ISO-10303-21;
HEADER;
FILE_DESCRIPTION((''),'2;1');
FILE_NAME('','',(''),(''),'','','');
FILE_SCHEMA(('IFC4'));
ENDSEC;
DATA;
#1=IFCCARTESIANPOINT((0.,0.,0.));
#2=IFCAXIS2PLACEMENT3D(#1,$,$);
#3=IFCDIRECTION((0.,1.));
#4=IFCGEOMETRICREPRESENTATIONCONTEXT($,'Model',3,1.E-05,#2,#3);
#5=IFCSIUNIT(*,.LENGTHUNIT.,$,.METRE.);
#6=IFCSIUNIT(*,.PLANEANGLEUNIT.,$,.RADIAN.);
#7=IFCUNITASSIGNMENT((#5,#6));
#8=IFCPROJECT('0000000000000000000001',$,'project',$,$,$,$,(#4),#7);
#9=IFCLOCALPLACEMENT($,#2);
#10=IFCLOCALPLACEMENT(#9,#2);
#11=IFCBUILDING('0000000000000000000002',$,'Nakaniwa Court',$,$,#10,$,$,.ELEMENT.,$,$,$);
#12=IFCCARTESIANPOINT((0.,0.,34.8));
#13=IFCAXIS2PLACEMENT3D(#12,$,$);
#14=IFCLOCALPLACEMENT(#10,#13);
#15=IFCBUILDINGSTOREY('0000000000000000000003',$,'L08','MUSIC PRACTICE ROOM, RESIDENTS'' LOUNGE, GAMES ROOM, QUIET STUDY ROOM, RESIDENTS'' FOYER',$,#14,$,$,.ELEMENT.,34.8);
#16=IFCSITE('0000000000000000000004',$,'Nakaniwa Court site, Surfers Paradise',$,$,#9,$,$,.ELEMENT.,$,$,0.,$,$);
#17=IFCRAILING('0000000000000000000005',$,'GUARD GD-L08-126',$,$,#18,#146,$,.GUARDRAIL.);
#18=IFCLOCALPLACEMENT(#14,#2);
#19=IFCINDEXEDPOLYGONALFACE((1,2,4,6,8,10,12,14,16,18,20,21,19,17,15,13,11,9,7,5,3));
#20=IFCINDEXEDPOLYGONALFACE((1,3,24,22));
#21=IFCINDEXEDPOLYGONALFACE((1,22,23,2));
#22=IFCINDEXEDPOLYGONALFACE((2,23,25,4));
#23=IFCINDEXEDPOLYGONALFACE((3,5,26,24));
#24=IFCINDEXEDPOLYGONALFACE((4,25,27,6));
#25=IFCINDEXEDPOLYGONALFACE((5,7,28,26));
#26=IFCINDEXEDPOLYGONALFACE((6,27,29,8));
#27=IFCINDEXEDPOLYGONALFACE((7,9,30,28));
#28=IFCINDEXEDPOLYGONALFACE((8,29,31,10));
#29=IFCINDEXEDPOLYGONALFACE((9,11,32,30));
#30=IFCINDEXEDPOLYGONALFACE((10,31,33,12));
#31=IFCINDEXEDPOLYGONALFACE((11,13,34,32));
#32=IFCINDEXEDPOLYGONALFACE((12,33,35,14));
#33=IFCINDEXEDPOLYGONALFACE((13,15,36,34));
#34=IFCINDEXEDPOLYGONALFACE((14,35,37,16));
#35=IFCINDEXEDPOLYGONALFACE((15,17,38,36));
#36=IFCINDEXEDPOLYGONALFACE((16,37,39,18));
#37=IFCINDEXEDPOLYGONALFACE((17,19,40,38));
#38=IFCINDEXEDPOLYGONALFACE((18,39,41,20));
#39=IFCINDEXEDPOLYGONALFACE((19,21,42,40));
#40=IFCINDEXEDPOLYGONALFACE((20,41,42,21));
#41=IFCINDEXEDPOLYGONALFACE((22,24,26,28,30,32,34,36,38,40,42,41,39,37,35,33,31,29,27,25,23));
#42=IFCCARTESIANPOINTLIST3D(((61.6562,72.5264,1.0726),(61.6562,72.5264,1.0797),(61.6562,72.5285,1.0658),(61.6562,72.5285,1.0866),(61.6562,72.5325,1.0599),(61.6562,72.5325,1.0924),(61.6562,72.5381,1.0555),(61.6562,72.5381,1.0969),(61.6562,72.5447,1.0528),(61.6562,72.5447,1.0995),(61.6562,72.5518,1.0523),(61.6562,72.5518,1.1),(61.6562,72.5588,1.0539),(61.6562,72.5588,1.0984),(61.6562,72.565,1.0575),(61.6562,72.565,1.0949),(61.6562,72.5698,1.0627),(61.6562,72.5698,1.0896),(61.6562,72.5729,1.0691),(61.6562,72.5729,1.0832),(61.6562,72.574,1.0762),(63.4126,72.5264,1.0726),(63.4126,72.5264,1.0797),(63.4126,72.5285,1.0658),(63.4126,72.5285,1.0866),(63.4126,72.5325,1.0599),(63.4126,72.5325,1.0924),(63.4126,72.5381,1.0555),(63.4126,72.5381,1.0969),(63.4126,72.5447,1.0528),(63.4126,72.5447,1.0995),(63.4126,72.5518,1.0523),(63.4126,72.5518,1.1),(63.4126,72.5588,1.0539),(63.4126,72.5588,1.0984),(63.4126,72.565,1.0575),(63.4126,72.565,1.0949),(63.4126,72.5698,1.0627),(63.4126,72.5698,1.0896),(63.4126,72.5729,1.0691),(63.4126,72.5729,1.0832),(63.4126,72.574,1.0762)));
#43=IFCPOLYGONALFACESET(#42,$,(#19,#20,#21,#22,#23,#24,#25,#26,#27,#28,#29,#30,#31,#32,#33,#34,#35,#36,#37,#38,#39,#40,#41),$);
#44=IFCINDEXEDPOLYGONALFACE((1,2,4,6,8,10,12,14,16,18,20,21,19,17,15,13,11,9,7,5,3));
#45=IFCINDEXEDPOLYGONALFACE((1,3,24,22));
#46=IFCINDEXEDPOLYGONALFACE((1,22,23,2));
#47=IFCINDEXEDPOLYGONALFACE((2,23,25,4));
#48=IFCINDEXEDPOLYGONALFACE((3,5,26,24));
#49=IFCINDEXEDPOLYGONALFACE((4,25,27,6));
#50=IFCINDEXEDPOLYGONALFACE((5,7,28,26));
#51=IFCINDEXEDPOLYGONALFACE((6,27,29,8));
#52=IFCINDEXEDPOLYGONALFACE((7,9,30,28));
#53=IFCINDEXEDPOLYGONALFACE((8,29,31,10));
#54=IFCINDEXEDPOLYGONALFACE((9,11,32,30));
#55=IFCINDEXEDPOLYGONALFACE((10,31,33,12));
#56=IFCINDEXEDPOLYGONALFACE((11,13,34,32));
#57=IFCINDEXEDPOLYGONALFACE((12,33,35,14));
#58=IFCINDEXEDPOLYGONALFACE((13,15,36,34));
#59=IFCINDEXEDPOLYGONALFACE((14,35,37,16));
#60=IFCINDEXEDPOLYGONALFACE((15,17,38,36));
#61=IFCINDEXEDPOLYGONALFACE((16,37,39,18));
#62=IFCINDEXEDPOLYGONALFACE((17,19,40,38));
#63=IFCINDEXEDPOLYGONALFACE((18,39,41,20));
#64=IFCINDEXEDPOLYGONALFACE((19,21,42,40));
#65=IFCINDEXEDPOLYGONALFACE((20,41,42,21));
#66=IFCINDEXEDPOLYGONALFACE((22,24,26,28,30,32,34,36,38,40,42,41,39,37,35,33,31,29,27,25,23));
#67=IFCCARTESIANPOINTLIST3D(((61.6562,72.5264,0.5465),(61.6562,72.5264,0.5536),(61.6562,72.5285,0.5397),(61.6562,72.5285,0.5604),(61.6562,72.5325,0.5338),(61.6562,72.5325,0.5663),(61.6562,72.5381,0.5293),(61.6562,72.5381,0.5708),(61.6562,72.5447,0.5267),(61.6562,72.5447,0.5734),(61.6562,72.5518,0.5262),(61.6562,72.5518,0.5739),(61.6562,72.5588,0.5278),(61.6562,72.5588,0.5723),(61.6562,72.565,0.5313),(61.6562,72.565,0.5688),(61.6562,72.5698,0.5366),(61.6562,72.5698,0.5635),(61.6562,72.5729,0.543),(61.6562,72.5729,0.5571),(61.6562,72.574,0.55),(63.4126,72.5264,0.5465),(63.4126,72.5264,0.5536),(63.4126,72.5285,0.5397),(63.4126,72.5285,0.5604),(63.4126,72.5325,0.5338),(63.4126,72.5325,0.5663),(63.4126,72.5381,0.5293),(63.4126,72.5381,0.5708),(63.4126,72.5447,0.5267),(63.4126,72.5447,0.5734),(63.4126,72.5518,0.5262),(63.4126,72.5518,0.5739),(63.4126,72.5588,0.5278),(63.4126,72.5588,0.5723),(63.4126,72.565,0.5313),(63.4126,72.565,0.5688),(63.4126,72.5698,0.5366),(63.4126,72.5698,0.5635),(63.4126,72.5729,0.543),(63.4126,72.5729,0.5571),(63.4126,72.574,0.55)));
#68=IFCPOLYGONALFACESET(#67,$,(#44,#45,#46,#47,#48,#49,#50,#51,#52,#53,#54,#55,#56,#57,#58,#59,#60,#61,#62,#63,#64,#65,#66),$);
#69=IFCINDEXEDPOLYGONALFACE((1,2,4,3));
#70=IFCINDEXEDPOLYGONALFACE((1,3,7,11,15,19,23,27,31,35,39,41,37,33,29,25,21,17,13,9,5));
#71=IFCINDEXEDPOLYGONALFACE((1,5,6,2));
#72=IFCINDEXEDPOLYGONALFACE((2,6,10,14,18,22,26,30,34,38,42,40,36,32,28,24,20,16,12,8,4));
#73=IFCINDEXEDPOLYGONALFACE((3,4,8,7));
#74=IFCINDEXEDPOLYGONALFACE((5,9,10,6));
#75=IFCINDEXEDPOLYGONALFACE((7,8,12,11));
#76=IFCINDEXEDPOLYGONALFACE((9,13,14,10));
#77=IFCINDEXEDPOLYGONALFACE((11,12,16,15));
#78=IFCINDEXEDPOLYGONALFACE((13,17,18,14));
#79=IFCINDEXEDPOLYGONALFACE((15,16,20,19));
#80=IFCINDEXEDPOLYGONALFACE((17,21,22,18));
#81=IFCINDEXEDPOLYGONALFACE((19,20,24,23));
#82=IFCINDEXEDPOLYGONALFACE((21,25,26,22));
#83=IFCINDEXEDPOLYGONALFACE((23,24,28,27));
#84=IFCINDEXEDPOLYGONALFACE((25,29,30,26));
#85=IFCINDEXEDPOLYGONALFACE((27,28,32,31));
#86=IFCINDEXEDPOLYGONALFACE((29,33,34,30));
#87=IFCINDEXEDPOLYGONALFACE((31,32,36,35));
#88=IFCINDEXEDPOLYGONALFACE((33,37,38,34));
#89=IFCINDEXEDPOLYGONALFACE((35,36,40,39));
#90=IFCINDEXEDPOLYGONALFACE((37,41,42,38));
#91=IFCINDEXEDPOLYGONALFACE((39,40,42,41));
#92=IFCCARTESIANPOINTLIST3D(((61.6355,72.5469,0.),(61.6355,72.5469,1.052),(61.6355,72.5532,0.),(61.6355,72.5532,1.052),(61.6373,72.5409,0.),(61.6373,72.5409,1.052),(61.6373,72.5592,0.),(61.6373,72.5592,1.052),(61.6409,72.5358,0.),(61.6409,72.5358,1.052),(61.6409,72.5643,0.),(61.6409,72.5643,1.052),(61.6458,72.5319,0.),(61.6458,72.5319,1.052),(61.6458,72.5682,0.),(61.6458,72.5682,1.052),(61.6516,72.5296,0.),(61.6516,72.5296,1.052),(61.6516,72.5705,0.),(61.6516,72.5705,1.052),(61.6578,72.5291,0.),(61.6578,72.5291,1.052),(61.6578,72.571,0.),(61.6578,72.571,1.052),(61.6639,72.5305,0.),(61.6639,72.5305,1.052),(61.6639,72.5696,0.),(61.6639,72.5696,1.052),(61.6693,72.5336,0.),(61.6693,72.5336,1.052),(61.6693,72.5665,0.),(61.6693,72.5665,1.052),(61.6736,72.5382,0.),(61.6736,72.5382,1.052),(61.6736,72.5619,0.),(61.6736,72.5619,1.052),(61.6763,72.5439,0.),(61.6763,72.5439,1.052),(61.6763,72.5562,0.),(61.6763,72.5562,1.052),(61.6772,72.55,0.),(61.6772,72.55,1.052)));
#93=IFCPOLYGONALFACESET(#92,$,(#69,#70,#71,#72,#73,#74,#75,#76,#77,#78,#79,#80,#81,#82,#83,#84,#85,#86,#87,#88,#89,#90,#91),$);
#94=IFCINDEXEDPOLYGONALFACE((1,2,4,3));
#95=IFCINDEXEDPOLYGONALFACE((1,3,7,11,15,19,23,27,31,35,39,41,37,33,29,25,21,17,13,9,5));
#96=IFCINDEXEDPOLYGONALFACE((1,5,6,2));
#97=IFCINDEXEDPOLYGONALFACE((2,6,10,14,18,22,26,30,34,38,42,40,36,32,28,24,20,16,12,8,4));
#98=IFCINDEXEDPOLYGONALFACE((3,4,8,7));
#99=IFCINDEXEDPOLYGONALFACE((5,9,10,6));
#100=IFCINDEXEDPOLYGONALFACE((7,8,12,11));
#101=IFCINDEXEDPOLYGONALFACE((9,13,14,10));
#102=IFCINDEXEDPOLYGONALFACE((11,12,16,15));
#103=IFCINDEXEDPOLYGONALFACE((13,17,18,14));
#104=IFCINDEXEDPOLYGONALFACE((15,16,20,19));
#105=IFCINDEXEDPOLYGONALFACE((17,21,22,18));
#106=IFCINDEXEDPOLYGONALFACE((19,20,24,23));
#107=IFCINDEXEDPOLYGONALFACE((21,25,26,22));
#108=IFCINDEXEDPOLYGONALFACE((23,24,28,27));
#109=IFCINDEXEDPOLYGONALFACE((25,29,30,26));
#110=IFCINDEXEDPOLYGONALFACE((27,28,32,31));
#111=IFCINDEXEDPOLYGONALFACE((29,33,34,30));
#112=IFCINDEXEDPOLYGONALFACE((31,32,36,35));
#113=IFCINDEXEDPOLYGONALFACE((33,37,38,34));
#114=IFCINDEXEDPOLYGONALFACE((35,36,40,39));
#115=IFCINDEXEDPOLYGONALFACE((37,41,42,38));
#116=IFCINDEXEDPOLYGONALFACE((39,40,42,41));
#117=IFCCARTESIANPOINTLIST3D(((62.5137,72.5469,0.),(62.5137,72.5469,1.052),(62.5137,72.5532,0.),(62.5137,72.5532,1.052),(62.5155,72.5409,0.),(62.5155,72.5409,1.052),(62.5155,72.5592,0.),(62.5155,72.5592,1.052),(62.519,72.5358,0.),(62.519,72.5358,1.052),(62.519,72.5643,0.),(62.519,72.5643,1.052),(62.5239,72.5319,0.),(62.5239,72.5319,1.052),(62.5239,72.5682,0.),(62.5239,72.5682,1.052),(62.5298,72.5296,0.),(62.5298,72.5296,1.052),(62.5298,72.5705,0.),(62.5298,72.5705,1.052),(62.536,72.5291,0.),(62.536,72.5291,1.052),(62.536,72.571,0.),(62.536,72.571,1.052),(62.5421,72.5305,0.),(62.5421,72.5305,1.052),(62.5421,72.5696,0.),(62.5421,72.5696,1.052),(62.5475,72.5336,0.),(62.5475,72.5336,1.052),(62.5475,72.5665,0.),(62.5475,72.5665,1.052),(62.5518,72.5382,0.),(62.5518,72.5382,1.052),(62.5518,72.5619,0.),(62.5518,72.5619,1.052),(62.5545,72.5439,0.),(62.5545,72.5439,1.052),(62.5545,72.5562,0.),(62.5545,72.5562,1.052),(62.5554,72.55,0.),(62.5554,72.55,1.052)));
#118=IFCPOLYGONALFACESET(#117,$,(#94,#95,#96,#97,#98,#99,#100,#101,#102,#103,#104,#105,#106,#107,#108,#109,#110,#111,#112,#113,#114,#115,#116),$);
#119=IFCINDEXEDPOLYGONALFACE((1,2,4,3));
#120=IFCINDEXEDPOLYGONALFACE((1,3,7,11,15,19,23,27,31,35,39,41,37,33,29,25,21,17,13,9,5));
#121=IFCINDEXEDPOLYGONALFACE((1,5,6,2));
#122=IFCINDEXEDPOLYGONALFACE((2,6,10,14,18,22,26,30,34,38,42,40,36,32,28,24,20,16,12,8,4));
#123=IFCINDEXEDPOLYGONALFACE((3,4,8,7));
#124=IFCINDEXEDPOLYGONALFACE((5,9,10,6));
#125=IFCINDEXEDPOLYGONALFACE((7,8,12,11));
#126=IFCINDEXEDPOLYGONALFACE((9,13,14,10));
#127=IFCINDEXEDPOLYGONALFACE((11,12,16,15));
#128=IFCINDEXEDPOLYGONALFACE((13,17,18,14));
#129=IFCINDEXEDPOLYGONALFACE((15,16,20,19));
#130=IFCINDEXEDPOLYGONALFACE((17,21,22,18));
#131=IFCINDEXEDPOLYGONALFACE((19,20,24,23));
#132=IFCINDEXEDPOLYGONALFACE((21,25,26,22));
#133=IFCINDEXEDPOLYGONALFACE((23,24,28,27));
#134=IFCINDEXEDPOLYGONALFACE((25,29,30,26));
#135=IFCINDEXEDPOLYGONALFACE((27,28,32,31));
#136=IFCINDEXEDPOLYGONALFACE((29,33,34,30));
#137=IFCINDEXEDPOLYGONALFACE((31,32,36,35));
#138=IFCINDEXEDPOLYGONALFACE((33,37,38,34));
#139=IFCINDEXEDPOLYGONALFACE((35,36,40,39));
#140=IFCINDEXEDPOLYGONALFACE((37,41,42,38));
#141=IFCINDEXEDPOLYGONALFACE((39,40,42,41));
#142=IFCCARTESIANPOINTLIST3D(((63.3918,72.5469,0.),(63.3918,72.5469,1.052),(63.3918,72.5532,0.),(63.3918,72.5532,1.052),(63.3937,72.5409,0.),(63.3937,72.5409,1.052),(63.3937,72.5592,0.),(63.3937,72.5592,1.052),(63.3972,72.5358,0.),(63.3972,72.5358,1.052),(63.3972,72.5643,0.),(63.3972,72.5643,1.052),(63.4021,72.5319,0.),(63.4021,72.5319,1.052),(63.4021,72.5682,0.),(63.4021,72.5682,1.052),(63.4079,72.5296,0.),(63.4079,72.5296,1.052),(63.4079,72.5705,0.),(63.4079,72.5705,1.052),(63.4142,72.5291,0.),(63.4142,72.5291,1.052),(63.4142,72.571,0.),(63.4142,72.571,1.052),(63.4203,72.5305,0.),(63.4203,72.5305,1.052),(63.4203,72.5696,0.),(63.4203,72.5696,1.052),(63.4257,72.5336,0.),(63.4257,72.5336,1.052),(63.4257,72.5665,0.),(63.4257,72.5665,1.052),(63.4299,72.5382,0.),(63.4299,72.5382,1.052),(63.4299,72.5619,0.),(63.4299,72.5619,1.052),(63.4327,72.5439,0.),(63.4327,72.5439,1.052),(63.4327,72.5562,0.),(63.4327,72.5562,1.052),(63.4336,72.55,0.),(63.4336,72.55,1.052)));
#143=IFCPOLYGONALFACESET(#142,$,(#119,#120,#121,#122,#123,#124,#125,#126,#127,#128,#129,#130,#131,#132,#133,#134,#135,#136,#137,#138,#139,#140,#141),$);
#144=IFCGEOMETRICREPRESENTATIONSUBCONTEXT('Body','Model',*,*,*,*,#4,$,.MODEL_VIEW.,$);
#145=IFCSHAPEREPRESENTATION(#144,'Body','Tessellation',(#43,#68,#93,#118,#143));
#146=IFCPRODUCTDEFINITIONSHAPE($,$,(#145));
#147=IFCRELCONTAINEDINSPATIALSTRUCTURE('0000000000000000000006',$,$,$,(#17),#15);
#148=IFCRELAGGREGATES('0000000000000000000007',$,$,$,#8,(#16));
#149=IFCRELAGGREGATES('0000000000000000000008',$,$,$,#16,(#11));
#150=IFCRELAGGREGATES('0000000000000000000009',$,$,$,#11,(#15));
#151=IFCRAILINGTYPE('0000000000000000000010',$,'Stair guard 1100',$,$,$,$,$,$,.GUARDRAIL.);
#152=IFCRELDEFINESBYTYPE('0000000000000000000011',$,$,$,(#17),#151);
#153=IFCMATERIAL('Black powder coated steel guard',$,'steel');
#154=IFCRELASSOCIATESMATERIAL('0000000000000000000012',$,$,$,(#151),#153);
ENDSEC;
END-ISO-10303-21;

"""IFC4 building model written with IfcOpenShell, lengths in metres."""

from ifc_helpers import new_model, si_unit, direction, frame, origin, origin_2d, place, context, subcontext, project, spatial, circle, extrude, material, type_object, element, save


model = new_model("IFC4")

# Units and contexts
model_context = context("Model", 3, precision=1e-05, world=origin(), true_north=direction((0.0, 1.0)))
body_context = subcontext(model_context, "Body", "Model", "MODEL_VIEW")
ifc_project = project(units=[si_unit("LENGTHUNIT", "METRE"), si_unit("PLANEANGLEUNIT", "RADIAN")], contexts=[model_context])

# Site, building, storey
site_placement = place(None, origin())
site = spatial("IfcSite", under=ifc_project, at=site_placement, Name="Nakaniwa Court site, Surfers Paradise", CompositionType="ELEMENT", RefElevation=0.0)
building_placement = place(site_placement, origin())
building = spatial("IfcBuilding", under=site, at=building_placement, Name="Nakaniwa Court", CompositionType="ELEMENT")
storey_placement = place(building_placement, frame((0.0, 0.0, 34.8)))
storey = spatial("IfcBuildingStorey", under=building, at=storey_placement, Name="L08", Description="MUSIC PRACTICE ROOM, RESIDENTS' LOUNGE, GAMES ROOM, QUIET STUDY ROOM, RESIDENTS' FOYER", CompositionType="ELEMENT", Elevation=34.8)

# Railing
ifc_material_1 = material(Name="Black powder coated steel guard", Category="steel")
railing_type = type_object("IfcRailingType", Name="Stair guard 1100", PredefinedType="GUARDRAIL", material=ifc_material_1)
railing_1_placement = place(storey_placement, frame((61.6562, 72.55, 0.0)))
element("IfcRailing", 1, at=railing_1_placement, inside=storey, type_object=railing_type, Name="GUARD GD-L08-126", PredefinedType="GUARDRAIL", context=body_context, shape_type="SweptSolid", body=[
    extrude(circle(Radius=0.0239, at=origin_2d()), frame((0.0, 0.0, 1.0762), z_axis=(1.0, 0.0, 0.0), x_axis=(0.0, 1.0, 0.0)), (0.0, 0.0, 1.0), 1.7563),
    extrude(circle(Radius=0.0239, at=origin_2d()), frame((0.0, 0.0, 0.55), z_axis=(1.0, 0.0, 0.0), x_axis=(0.0, 1.0, 0.0)), (0.0, 0.0, 1.0), 1.7563),
    extrude(circle(Radius=0.021, at=origin_2d()), origin(), (0.0, 0.0, 1.0), 1.052),
    extrude(circle(Radius=0.021, at=origin_2d()), frame((0.8782, 0.0, 0.0)), (0.0, 0.0, 1.0), 1.052),
    extrude(circle(Radius=0.021, at=origin_2d()), frame((1.7563, 0.0, 0.0)), (0.0, 0.0, 1.0), 1.052),
])

save(model, "model.ifc")
